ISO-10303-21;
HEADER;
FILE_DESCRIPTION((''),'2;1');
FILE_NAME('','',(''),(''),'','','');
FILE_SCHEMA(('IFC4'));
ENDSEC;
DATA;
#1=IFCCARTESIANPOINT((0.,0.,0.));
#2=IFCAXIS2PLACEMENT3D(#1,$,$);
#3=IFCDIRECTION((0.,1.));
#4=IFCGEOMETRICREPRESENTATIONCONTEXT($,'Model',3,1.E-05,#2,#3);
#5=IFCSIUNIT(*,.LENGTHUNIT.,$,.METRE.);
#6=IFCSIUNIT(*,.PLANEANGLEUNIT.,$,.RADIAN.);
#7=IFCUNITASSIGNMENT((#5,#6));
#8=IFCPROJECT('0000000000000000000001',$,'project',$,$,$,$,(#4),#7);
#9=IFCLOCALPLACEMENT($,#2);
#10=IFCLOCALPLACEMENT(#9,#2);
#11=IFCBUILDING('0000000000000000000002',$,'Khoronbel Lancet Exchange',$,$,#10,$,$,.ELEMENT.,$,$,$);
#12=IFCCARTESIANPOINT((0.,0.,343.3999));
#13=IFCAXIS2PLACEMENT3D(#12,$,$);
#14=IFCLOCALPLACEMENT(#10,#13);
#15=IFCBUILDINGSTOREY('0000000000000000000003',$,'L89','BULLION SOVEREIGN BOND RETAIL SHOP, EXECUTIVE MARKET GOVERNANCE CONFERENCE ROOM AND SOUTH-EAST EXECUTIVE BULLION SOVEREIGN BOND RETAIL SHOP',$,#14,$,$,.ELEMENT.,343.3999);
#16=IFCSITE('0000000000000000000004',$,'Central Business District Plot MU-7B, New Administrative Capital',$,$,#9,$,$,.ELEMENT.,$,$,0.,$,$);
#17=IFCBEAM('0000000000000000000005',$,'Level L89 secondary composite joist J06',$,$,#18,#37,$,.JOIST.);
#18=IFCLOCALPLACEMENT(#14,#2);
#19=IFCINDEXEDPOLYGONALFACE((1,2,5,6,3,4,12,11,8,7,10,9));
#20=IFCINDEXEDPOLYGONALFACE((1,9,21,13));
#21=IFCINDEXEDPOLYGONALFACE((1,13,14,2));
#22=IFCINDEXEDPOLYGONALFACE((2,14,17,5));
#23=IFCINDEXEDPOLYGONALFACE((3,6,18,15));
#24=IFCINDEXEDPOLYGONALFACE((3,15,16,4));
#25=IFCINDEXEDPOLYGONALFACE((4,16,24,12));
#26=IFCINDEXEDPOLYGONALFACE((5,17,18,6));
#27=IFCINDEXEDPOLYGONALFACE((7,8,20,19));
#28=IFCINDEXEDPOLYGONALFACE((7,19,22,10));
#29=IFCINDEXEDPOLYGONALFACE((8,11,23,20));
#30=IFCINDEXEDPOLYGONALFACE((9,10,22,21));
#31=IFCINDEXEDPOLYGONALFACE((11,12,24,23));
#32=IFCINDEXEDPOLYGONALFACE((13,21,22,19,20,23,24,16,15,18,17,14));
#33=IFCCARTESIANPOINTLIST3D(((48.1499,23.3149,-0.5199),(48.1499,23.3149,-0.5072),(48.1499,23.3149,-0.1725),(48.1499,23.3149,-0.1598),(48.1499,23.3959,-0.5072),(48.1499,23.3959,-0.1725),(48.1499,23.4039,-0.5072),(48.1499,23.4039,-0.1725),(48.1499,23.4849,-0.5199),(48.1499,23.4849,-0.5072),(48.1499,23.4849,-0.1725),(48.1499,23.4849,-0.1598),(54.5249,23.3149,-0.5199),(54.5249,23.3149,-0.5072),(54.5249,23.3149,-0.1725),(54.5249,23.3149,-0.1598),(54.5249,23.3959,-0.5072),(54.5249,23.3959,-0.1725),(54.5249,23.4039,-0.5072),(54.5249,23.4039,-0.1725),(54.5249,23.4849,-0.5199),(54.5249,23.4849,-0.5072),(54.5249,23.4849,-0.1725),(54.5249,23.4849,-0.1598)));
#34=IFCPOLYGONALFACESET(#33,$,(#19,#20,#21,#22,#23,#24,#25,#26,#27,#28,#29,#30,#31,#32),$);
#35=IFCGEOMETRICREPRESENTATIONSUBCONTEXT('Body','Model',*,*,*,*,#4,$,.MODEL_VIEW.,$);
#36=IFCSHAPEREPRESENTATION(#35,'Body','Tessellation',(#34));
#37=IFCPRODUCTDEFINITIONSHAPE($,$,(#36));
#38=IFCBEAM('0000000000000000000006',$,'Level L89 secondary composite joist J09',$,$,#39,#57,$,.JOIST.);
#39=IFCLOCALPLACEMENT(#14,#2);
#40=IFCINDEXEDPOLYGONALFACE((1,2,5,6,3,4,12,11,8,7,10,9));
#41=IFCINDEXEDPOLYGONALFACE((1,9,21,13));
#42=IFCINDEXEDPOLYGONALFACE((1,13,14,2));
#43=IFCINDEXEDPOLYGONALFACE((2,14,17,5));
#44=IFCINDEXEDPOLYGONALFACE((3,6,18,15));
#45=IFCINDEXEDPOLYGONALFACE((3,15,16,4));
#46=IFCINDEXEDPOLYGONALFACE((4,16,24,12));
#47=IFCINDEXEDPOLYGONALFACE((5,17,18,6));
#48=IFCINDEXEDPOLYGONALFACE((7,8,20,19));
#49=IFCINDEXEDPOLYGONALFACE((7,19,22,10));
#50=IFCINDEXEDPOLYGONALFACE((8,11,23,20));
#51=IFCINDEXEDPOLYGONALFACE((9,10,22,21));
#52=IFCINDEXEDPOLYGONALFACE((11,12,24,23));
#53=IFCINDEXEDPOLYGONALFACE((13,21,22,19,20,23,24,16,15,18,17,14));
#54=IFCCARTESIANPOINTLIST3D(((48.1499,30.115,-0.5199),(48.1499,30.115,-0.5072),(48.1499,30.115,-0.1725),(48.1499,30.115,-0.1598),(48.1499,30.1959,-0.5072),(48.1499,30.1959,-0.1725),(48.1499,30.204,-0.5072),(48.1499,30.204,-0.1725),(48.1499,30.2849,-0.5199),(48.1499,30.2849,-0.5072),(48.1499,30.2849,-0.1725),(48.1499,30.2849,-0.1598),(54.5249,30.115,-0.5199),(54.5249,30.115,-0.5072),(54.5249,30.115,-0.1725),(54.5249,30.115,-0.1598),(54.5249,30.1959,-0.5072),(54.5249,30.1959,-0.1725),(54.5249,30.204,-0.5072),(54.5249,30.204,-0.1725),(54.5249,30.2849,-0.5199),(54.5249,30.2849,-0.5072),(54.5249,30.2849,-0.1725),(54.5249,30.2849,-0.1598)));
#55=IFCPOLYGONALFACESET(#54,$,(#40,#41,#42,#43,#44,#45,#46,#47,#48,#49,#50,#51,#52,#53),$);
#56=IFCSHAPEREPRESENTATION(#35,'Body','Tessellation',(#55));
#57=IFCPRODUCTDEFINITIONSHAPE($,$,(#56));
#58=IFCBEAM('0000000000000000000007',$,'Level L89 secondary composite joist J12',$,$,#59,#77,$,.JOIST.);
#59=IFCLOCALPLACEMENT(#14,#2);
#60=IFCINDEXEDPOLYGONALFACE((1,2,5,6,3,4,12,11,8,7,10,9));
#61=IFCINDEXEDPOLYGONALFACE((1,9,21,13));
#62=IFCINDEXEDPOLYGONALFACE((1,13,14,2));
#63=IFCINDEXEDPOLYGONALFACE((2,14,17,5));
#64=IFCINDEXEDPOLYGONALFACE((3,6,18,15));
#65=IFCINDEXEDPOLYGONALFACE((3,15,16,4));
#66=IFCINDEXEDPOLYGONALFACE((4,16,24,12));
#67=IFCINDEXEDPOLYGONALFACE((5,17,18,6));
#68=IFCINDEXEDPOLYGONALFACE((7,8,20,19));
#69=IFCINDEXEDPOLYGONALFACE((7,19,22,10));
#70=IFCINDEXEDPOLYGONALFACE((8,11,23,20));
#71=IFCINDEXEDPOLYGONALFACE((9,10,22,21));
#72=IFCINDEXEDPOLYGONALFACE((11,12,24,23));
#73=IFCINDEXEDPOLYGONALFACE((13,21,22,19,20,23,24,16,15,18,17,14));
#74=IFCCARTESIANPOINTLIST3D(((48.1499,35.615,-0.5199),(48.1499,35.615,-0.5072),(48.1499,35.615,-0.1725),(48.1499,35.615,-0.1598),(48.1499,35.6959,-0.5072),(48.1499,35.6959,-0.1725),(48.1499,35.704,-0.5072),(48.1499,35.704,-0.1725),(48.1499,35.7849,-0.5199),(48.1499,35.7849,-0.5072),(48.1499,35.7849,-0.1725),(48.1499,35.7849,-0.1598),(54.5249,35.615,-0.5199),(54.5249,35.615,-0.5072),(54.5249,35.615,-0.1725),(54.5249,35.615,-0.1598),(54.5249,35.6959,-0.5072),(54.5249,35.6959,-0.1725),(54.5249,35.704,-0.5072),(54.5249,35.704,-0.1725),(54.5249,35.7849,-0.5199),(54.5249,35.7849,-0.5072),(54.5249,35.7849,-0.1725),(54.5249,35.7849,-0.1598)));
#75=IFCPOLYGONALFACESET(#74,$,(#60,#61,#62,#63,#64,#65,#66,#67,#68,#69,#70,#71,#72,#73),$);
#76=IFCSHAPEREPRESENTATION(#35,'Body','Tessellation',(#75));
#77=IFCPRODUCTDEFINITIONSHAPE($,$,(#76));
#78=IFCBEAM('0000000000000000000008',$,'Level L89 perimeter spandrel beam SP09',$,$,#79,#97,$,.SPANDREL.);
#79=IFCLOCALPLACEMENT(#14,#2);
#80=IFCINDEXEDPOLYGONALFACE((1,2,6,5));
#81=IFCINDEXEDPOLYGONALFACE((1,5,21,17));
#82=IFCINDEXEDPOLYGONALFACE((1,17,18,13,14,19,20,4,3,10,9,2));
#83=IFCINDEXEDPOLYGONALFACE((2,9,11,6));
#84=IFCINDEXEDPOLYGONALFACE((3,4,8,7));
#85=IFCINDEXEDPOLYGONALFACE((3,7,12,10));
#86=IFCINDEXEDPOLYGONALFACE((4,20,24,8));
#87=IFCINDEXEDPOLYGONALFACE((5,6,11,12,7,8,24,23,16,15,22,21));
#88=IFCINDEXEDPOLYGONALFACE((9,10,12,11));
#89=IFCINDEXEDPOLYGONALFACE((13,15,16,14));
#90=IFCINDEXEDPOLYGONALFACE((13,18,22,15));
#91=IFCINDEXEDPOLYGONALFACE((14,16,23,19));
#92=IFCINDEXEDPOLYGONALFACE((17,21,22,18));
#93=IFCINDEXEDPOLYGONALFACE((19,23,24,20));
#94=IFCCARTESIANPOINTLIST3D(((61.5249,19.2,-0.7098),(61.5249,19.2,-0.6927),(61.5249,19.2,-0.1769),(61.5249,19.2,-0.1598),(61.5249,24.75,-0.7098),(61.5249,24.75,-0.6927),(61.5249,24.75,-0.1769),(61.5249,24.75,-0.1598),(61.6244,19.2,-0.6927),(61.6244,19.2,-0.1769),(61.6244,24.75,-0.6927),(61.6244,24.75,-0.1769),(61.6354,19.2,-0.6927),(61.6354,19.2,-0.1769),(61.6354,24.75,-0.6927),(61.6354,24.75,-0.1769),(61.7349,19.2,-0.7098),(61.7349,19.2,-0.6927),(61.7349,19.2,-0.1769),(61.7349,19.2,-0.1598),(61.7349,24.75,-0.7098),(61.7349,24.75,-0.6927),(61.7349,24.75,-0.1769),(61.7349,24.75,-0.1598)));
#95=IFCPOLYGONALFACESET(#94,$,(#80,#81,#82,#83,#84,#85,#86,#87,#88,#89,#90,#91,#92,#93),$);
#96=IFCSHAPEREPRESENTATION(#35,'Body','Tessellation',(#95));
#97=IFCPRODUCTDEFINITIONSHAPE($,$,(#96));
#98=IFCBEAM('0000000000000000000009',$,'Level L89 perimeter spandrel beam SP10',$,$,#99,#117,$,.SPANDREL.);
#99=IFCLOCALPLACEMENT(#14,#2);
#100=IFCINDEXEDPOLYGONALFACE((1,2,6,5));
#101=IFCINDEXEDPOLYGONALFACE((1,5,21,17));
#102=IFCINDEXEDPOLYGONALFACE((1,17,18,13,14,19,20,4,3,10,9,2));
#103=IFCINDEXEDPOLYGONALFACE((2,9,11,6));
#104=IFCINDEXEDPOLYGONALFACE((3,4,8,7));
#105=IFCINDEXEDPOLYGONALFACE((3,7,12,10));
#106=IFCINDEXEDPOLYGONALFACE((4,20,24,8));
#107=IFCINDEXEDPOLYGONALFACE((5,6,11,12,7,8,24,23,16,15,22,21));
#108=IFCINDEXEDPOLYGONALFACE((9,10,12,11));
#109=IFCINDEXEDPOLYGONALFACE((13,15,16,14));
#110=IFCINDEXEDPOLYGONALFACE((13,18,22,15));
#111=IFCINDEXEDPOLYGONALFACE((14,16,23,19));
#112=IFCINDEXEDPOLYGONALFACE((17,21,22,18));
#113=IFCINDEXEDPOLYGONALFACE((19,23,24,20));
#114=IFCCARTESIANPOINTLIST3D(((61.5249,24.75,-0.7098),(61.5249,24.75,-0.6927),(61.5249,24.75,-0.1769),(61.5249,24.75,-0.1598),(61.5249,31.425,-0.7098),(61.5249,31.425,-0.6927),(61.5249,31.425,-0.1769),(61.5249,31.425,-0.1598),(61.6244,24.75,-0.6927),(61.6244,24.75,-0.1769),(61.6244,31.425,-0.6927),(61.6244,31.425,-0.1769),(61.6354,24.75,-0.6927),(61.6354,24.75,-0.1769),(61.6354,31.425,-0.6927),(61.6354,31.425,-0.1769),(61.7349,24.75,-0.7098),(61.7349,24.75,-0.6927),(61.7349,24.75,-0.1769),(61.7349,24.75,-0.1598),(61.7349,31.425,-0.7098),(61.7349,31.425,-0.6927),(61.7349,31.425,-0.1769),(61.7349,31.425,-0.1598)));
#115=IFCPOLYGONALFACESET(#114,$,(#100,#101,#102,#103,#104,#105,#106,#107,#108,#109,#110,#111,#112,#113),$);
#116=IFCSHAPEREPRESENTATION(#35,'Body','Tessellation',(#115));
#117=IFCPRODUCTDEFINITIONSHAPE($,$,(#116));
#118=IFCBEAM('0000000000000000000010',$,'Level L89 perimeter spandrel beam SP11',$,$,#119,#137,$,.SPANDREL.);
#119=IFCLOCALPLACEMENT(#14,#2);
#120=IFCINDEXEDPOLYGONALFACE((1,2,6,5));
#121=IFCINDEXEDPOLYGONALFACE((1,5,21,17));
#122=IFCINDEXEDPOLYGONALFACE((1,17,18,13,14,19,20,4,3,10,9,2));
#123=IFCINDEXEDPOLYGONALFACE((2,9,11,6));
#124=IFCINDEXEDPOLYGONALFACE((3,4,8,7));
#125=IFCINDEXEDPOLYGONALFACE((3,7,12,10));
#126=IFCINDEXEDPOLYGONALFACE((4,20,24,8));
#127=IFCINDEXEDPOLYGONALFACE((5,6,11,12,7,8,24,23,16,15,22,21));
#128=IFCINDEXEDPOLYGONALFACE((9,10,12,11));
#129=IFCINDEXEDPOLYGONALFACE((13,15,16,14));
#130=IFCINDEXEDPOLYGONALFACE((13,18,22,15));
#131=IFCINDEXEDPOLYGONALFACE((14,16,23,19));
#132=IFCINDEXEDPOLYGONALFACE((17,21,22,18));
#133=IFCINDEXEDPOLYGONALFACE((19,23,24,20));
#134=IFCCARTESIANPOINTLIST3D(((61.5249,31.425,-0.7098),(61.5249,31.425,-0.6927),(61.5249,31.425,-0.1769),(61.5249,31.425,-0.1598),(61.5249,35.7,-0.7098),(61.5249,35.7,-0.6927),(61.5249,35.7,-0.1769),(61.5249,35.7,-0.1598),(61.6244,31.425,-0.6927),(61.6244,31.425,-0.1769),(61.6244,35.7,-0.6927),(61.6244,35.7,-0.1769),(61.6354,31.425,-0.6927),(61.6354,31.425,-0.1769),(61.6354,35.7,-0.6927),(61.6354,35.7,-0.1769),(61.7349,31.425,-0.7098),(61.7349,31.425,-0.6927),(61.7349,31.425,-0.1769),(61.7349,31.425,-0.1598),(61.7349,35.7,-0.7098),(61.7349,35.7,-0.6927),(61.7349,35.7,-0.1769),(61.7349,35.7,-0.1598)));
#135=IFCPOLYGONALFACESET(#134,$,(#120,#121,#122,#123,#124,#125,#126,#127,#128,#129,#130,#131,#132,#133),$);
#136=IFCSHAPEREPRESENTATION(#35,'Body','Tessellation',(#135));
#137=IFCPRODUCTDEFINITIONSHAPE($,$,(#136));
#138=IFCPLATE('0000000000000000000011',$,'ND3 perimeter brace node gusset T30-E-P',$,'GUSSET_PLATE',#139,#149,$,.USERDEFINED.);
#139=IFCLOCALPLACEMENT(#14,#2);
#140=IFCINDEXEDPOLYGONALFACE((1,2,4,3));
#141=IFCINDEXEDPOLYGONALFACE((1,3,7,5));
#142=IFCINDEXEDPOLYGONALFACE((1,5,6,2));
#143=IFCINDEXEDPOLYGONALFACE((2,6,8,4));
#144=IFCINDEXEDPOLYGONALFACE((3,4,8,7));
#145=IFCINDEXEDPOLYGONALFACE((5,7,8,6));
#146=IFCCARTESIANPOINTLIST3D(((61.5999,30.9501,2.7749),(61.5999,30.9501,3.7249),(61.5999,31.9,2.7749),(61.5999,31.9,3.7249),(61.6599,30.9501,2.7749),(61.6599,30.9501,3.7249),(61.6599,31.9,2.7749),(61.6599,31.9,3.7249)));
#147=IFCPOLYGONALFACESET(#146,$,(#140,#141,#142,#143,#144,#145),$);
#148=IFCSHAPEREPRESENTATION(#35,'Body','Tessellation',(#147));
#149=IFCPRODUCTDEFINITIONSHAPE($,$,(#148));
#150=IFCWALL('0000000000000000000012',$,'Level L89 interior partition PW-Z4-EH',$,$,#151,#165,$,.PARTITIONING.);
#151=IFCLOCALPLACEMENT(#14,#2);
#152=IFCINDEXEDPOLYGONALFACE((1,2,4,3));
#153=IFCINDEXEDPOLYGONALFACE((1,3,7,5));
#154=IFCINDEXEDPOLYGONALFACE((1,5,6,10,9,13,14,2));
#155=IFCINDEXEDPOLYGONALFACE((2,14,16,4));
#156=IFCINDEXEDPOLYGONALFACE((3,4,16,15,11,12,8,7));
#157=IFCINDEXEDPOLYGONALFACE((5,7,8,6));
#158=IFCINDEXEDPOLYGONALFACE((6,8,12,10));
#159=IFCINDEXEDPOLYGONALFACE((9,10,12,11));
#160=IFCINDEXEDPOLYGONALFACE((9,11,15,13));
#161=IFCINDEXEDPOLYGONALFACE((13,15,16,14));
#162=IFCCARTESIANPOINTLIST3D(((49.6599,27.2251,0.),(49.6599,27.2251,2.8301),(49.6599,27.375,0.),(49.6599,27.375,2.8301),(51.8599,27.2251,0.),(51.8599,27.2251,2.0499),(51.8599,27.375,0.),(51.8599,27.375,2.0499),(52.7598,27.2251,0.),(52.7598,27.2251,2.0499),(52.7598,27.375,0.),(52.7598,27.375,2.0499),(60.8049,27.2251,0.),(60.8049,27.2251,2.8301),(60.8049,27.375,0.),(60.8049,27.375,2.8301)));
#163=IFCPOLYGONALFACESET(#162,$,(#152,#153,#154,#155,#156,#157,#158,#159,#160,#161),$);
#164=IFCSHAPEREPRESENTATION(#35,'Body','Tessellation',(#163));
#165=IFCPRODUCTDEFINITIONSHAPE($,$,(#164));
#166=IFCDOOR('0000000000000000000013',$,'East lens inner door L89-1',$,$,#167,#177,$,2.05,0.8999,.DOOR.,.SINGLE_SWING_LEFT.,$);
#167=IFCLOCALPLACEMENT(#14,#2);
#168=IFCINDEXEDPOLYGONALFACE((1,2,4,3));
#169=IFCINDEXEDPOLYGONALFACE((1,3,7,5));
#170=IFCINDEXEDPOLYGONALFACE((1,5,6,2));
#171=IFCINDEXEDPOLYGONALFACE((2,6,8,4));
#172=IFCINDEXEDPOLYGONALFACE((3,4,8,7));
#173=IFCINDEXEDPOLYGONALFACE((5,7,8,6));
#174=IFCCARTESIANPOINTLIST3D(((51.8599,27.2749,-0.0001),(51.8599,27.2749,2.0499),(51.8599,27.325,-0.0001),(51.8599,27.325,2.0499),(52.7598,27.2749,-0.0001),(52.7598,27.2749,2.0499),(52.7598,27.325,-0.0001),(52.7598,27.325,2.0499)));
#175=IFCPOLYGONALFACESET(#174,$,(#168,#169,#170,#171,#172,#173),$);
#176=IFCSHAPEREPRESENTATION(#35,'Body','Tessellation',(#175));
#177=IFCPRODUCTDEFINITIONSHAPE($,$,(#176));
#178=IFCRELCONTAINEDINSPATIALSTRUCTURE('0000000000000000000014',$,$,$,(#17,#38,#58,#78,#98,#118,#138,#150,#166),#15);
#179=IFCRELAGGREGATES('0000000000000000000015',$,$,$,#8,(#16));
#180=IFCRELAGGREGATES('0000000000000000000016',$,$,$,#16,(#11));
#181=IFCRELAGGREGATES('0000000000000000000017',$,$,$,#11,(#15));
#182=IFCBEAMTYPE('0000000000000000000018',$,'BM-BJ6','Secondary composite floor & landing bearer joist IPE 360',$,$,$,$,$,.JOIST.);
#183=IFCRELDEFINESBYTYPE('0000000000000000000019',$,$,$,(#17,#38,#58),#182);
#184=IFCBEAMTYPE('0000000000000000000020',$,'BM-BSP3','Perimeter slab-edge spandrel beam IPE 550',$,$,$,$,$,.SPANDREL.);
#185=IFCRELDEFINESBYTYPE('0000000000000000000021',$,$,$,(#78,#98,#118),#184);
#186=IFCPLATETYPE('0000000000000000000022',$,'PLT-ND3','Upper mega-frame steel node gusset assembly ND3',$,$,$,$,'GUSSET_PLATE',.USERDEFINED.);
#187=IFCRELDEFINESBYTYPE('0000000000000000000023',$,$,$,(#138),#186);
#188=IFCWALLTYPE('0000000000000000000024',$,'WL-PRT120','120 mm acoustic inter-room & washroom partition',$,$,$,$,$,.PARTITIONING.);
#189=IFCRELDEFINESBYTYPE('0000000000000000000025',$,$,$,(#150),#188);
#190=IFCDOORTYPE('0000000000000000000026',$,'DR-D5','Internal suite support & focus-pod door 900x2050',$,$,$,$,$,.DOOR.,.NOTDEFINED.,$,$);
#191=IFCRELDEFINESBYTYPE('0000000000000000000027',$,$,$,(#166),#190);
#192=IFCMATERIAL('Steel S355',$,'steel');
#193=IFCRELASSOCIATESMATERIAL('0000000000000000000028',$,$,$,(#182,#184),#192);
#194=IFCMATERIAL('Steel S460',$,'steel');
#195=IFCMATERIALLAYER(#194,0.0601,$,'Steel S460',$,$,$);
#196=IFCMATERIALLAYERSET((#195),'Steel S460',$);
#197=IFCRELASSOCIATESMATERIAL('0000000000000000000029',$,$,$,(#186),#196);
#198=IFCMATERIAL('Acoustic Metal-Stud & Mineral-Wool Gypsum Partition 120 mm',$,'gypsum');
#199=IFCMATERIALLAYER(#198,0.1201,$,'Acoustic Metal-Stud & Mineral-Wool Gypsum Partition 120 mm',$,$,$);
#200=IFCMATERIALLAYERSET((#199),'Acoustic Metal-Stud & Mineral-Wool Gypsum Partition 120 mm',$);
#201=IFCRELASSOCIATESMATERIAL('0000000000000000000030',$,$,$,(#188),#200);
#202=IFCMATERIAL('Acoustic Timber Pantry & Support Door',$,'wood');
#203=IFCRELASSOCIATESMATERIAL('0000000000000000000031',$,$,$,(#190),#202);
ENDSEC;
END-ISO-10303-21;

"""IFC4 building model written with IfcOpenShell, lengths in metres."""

from ifc_helpers import new_model, si_unit, direction, frame, frame_2d, origin, origin_2d, place, context, subcontext, project, spatial, rectangle, i_section, extrude, material, layer, layer_set, material_profile, profile_set, type_object, element, fill, save


model = new_model("IFC4")

# Units and contexts
model_context = context("Model", 3, precision=1e-05, world=origin(), true_north=direction((0.0, 1.0)))
body_context = subcontext(model_context, "Body", "Model", "MODEL_VIEW")
ifc_project = project(units=[si_unit("LENGTHUNIT", "METRE"), si_unit("PLANEANGLEUNIT", "RADIAN")], contexts=[model_context])

# Site, building, storey
site_placement = place(None, origin())
site = spatial("IfcSite", under=ifc_project, at=site_placement, Name="Central Business District Plot MU-7B, New Administrative Capital", CompositionType="ELEMENT", RefElevation=0.0)
building_placement = place(site_placement, origin())
building = spatial("IfcBuilding", under=site, at=building_placement, Name="Khoronbel Lancet Exchange", CompositionType="ELEMENT")
storey_placement = place(building_placement, frame((0.0, 0.0, 343.3999)))
storey = spatial("IfcBuildingStorey", under=building, at=storey_placement, Name="L89", Description="BULLION SOVEREIGN BOND RETAIL SHOP, EXECUTIVE MARKET GOVERNANCE CONFERENCE ROOM AND SOUTH-EAST EXECUTIVE BULLION SOVEREIGN BOND RETAIL SHOP", CompositionType="ELEMENT", Elevation=343.3999)

# Shared definitions
ifc_material_1 = material(Name="Steel S355", Category="steel")

# Beams
ifc_material_profile_1 = material_profile(ifc_material_1, i_section(OverallWidth=0.1699, OverallDepth=0.3601, WebThickness=0.0081, FlangeThickness=0.0127, at=origin_2d()), Name="IPE 360")
ifc_profile_set_1 = profile_set([ifc_material_profile_1], Name="Steel S355")
beam_type_1 = type_object("IfcBeamType", Name="BM-BJ6", Description="Secondary composite floor & landing bearer joist IPE 360", PredefinedType="JOIST", material=ifc_profile_set_1)
for number, where, z_axis, x_axis, name in (
    (1, (48.1499, 23.3999, -0.3398), (1.0, 0.0, 0.0), (0.0, 1.0, 0.0), "Level L89 secondary composite joist J06"),
    (2, (48.1499, 30.2, -0.3398), (1.0, 0.0, 0.0), (0.0, 1.0, 0.0), "Level L89 secondary composite joist J09"),
    (3, (48.1499, 35.7, -0.3398), (1.0, 0.0, 0.0), (0.0, 1.0, 0.0), "Level L89 secondary composite joist J12"),
):
    element("IfcBeam", number, at=place(storey_placement, frame(where, z_axis=z_axis, x_axis=x_axis)), inside=storey, type_object=beam_type_1, Name=name, PredefinedType="JOIST", context=body_context, shape_type="SweptSolid", body=[
        extrude(i_section(OverallWidth=0.1699, OverallDepth=0.3601, WebThickness=0.0081, FlangeThickness=0.0127, at=origin_2d()), origin(), (0.0, 0.0, 1.0), 6.375),
    ])
ifc_material_profile_2 = material_profile(ifc_material_1, i_section(OverallWidth=0.21, OverallDepth=0.55, WebThickness=0.011, FlangeThickness=0.0171, at=origin_2d()), Name="IPE 550")
ifc_profile_set_2 = profile_set([ifc_material_profile_2], Name="Steel S355")
beam_type_2 = type_object("IfcBeamType", Name="BM-BSP3", Description="Perimeter slab-edge spandrel beam IPE 550", PredefinedType="SPANDREL", material=ifc_profile_set_2)
beam_1_placement = place(storey_placement, frame((61.6299, 19.2, -0.4348), z_axis=(0.0, 1.0, 0.0), x_axis=(-1.0, 0.0, 0.0)))
element("IfcBeam", 4, at=beam_1_placement, inside=storey, type_object=beam_type_2, Name="Level L89 perimeter spandrel beam SP09", PredefinedType="SPANDREL", context=body_context, shape_type="SweptSolid", body=[
    extrude(i_section(OverallWidth=0.21, OverallDepth=0.55, WebThickness=0.011, FlangeThickness=0.0171, at=origin_2d()), origin(), (0.0, 0.0, 1.0), 5.55),
])
beam_2_placement = place(storey_placement, frame((61.6299, 24.75, -0.4348), z_axis=(0.0, 1.0, 0.0), x_axis=(-1.0, 0.0, 0.0)))
element("IfcBeam", 5, at=beam_2_placement, inside=storey, type_object=beam_type_2, Name="Level L89 perimeter spandrel beam SP10", PredefinedType="SPANDREL", context=body_context, shape_type="SweptSolid", body=[
    extrude(i_section(OverallWidth=0.21, OverallDepth=0.55, WebThickness=0.011, FlangeThickness=0.0171, at=origin_2d()), origin(), (0.0, 0.0, 1.0), 6.675),
])
beam_3_placement = place(storey_placement, frame((61.6299, 31.425, -0.4348), z_axis=(0.0, 1.0, 0.0), x_axis=(-1.0, 0.0, 0.0)))
element("IfcBeam", 6, at=beam_3_placement, inside=storey, type_object=beam_type_2, Name="Level L89 perimeter spandrel beam SP11", PredefinedType="SPANDREL", context=body_context, shape_type="SweptSolid", body=[
    extrude(i_section(OverallWidth=0.21, OverallDepth=0.55, WebThickness=0.011, FlangeThickness=0.0171, at=origin_2d()), origin(), (0.0, 0.0, 1.0), 4.2749),
])

# Plate
ifc_material_2 = material(Name="Steel S460", Category="steel")
ifc_layer_1 = layer(ifc_material_2, 0.0601, Name="Steel S460")
ifc_layer_set_1 = layer_set([ifc_layer_1], Name="Steel S460")
plate_type = type_object("IfcPlateType", Name="PLT-ND3", Description="Upper mega-frame steel node gusset assembly ND3", ElementType="GUSSET_PLATE", PredefinedType="USERDEFINED", material=ifc_layer_set_1)
plate_placement = place(storey_placement, frame((61.6299, 31.425, 2.7749), z_axis=(0.0, 0.0, 1.0), x_axis=(0.0, 1.0, 0.0)))
element("IfcPlate", 7, at=plate_placement, inside=storey, type_object=plate_type, Name="ND3 perimeter brace node gusset T30-E-P", ObjectType="GUSSET_PLATE", PredefinedType="USERDEFINED", context=body_context, shape_type="SweptSolid", body=[
    extrude(rectangle(XDim=0.95, YDim=0.0601, at=origin_2d()), origin(), (0.0, 0.0, 1.0), 0.95),
])

# Wall, opening, door
ifc_material_3 = material(Name="Acoustic Metal-Stud & Mineral-Wool Gypsum Partition 120 mm", Category="gypsum")
ifc_layer_2 = layer(ifc_material_3, 0.1201, Name="Acoustic Metal-Stud & Mineral-Wool Gypsum Partition 120 mm")
ifc_layer_set_2 = layer_set([ifc_layer_2], Name="Acoustic Metal-Stud & Mineral-Wool Gypsum Partition 120 mm")
wall_type_1 = type_object("IfcWallType", Name="WL-PRT120", Description="120 mm acoustic inter-room & washroom partition", PredefinedType="PARTITIONING", material=ifc_layer_set_2)
wall_1_placement = place(storey_placement, frame((49.6599, 27.3, 0.0), z_axis=(0.0, 0.0, 1.0), x_axis=(1.0, 0.0, 0.0)))
wall_1 = element("IfcWall", 8, at=wall_1_placement, inside=storey, type_object=wall_type_1, Name="Level L89 interior partition PW-Z4-EH", PredefinedType="PARTITIONING", context=body_context, shape_type="SweptSolid", body=[
    extrude(rectangle(XDim=11.145, YDim=0.1499, at=frame_2d((5.5725, 0.0))), origin(), (0.0, 0.0, 1.0), 2.8301),
])
opening_1_placement = place(wall_1_placement, frame((2.2, 0.0, 0.0)))
opening_1 = element("IfcOpeningElement", 9, at=opening_1_placement, cuts=wall_1, PredefinedType="OPENING", context=body_context, shape_type="SweptSolid", body=[
    extrude(rectangle(XDim=0.8999, YDim=2.05, at=frame_2d((0.45, 1.0249))), frame((0.0, 0.085, 0.0), z_axis=(0.0, -1.0, 0.0), x_axis=(1.0, 0.0, 0.0)), (0.0, 0.0, 1.0), 0.1699),
])
ifc_material_4 = material(Name="Acoustic Timber Pantry & Support Door", Category="wood")
door_type_1 = type_object("IfcDoorType", Name="DR-D5", Description="Internal suite support & focus-pod door 900x2050", OperationType="NOTDEFINED", PredefinedType="DOOR", material=ifc_material_4)
door_1_placement = place(opening_1_placement, origin())
door_1 = element("IfcDoor", 10, at=door_1_placement, inside=storey, type_object=door_type_1, Name="East lens inner door L89-1", OperationType="SINGLE_SWING_LEFT", OverallHeight=2.05, OverallWidth=0.8999, PredefinedType="DOOR", context=body_context, shape_type="SweptSolid", body=[
    extrude(rectangle(XDim=0.8999, YDim=2.05, at=frame_2d((0.45, 1.0249))), frame((0.0, 0.0249, 0.0), z_axis=(0.0, -1.0, 0.0), x_axis=(1.0, 0.0, 0.0)), (0.0, 0.0, 1.0), 0.05),
])
fill(opening_1, door_1)

save(model, "model.ifc")
